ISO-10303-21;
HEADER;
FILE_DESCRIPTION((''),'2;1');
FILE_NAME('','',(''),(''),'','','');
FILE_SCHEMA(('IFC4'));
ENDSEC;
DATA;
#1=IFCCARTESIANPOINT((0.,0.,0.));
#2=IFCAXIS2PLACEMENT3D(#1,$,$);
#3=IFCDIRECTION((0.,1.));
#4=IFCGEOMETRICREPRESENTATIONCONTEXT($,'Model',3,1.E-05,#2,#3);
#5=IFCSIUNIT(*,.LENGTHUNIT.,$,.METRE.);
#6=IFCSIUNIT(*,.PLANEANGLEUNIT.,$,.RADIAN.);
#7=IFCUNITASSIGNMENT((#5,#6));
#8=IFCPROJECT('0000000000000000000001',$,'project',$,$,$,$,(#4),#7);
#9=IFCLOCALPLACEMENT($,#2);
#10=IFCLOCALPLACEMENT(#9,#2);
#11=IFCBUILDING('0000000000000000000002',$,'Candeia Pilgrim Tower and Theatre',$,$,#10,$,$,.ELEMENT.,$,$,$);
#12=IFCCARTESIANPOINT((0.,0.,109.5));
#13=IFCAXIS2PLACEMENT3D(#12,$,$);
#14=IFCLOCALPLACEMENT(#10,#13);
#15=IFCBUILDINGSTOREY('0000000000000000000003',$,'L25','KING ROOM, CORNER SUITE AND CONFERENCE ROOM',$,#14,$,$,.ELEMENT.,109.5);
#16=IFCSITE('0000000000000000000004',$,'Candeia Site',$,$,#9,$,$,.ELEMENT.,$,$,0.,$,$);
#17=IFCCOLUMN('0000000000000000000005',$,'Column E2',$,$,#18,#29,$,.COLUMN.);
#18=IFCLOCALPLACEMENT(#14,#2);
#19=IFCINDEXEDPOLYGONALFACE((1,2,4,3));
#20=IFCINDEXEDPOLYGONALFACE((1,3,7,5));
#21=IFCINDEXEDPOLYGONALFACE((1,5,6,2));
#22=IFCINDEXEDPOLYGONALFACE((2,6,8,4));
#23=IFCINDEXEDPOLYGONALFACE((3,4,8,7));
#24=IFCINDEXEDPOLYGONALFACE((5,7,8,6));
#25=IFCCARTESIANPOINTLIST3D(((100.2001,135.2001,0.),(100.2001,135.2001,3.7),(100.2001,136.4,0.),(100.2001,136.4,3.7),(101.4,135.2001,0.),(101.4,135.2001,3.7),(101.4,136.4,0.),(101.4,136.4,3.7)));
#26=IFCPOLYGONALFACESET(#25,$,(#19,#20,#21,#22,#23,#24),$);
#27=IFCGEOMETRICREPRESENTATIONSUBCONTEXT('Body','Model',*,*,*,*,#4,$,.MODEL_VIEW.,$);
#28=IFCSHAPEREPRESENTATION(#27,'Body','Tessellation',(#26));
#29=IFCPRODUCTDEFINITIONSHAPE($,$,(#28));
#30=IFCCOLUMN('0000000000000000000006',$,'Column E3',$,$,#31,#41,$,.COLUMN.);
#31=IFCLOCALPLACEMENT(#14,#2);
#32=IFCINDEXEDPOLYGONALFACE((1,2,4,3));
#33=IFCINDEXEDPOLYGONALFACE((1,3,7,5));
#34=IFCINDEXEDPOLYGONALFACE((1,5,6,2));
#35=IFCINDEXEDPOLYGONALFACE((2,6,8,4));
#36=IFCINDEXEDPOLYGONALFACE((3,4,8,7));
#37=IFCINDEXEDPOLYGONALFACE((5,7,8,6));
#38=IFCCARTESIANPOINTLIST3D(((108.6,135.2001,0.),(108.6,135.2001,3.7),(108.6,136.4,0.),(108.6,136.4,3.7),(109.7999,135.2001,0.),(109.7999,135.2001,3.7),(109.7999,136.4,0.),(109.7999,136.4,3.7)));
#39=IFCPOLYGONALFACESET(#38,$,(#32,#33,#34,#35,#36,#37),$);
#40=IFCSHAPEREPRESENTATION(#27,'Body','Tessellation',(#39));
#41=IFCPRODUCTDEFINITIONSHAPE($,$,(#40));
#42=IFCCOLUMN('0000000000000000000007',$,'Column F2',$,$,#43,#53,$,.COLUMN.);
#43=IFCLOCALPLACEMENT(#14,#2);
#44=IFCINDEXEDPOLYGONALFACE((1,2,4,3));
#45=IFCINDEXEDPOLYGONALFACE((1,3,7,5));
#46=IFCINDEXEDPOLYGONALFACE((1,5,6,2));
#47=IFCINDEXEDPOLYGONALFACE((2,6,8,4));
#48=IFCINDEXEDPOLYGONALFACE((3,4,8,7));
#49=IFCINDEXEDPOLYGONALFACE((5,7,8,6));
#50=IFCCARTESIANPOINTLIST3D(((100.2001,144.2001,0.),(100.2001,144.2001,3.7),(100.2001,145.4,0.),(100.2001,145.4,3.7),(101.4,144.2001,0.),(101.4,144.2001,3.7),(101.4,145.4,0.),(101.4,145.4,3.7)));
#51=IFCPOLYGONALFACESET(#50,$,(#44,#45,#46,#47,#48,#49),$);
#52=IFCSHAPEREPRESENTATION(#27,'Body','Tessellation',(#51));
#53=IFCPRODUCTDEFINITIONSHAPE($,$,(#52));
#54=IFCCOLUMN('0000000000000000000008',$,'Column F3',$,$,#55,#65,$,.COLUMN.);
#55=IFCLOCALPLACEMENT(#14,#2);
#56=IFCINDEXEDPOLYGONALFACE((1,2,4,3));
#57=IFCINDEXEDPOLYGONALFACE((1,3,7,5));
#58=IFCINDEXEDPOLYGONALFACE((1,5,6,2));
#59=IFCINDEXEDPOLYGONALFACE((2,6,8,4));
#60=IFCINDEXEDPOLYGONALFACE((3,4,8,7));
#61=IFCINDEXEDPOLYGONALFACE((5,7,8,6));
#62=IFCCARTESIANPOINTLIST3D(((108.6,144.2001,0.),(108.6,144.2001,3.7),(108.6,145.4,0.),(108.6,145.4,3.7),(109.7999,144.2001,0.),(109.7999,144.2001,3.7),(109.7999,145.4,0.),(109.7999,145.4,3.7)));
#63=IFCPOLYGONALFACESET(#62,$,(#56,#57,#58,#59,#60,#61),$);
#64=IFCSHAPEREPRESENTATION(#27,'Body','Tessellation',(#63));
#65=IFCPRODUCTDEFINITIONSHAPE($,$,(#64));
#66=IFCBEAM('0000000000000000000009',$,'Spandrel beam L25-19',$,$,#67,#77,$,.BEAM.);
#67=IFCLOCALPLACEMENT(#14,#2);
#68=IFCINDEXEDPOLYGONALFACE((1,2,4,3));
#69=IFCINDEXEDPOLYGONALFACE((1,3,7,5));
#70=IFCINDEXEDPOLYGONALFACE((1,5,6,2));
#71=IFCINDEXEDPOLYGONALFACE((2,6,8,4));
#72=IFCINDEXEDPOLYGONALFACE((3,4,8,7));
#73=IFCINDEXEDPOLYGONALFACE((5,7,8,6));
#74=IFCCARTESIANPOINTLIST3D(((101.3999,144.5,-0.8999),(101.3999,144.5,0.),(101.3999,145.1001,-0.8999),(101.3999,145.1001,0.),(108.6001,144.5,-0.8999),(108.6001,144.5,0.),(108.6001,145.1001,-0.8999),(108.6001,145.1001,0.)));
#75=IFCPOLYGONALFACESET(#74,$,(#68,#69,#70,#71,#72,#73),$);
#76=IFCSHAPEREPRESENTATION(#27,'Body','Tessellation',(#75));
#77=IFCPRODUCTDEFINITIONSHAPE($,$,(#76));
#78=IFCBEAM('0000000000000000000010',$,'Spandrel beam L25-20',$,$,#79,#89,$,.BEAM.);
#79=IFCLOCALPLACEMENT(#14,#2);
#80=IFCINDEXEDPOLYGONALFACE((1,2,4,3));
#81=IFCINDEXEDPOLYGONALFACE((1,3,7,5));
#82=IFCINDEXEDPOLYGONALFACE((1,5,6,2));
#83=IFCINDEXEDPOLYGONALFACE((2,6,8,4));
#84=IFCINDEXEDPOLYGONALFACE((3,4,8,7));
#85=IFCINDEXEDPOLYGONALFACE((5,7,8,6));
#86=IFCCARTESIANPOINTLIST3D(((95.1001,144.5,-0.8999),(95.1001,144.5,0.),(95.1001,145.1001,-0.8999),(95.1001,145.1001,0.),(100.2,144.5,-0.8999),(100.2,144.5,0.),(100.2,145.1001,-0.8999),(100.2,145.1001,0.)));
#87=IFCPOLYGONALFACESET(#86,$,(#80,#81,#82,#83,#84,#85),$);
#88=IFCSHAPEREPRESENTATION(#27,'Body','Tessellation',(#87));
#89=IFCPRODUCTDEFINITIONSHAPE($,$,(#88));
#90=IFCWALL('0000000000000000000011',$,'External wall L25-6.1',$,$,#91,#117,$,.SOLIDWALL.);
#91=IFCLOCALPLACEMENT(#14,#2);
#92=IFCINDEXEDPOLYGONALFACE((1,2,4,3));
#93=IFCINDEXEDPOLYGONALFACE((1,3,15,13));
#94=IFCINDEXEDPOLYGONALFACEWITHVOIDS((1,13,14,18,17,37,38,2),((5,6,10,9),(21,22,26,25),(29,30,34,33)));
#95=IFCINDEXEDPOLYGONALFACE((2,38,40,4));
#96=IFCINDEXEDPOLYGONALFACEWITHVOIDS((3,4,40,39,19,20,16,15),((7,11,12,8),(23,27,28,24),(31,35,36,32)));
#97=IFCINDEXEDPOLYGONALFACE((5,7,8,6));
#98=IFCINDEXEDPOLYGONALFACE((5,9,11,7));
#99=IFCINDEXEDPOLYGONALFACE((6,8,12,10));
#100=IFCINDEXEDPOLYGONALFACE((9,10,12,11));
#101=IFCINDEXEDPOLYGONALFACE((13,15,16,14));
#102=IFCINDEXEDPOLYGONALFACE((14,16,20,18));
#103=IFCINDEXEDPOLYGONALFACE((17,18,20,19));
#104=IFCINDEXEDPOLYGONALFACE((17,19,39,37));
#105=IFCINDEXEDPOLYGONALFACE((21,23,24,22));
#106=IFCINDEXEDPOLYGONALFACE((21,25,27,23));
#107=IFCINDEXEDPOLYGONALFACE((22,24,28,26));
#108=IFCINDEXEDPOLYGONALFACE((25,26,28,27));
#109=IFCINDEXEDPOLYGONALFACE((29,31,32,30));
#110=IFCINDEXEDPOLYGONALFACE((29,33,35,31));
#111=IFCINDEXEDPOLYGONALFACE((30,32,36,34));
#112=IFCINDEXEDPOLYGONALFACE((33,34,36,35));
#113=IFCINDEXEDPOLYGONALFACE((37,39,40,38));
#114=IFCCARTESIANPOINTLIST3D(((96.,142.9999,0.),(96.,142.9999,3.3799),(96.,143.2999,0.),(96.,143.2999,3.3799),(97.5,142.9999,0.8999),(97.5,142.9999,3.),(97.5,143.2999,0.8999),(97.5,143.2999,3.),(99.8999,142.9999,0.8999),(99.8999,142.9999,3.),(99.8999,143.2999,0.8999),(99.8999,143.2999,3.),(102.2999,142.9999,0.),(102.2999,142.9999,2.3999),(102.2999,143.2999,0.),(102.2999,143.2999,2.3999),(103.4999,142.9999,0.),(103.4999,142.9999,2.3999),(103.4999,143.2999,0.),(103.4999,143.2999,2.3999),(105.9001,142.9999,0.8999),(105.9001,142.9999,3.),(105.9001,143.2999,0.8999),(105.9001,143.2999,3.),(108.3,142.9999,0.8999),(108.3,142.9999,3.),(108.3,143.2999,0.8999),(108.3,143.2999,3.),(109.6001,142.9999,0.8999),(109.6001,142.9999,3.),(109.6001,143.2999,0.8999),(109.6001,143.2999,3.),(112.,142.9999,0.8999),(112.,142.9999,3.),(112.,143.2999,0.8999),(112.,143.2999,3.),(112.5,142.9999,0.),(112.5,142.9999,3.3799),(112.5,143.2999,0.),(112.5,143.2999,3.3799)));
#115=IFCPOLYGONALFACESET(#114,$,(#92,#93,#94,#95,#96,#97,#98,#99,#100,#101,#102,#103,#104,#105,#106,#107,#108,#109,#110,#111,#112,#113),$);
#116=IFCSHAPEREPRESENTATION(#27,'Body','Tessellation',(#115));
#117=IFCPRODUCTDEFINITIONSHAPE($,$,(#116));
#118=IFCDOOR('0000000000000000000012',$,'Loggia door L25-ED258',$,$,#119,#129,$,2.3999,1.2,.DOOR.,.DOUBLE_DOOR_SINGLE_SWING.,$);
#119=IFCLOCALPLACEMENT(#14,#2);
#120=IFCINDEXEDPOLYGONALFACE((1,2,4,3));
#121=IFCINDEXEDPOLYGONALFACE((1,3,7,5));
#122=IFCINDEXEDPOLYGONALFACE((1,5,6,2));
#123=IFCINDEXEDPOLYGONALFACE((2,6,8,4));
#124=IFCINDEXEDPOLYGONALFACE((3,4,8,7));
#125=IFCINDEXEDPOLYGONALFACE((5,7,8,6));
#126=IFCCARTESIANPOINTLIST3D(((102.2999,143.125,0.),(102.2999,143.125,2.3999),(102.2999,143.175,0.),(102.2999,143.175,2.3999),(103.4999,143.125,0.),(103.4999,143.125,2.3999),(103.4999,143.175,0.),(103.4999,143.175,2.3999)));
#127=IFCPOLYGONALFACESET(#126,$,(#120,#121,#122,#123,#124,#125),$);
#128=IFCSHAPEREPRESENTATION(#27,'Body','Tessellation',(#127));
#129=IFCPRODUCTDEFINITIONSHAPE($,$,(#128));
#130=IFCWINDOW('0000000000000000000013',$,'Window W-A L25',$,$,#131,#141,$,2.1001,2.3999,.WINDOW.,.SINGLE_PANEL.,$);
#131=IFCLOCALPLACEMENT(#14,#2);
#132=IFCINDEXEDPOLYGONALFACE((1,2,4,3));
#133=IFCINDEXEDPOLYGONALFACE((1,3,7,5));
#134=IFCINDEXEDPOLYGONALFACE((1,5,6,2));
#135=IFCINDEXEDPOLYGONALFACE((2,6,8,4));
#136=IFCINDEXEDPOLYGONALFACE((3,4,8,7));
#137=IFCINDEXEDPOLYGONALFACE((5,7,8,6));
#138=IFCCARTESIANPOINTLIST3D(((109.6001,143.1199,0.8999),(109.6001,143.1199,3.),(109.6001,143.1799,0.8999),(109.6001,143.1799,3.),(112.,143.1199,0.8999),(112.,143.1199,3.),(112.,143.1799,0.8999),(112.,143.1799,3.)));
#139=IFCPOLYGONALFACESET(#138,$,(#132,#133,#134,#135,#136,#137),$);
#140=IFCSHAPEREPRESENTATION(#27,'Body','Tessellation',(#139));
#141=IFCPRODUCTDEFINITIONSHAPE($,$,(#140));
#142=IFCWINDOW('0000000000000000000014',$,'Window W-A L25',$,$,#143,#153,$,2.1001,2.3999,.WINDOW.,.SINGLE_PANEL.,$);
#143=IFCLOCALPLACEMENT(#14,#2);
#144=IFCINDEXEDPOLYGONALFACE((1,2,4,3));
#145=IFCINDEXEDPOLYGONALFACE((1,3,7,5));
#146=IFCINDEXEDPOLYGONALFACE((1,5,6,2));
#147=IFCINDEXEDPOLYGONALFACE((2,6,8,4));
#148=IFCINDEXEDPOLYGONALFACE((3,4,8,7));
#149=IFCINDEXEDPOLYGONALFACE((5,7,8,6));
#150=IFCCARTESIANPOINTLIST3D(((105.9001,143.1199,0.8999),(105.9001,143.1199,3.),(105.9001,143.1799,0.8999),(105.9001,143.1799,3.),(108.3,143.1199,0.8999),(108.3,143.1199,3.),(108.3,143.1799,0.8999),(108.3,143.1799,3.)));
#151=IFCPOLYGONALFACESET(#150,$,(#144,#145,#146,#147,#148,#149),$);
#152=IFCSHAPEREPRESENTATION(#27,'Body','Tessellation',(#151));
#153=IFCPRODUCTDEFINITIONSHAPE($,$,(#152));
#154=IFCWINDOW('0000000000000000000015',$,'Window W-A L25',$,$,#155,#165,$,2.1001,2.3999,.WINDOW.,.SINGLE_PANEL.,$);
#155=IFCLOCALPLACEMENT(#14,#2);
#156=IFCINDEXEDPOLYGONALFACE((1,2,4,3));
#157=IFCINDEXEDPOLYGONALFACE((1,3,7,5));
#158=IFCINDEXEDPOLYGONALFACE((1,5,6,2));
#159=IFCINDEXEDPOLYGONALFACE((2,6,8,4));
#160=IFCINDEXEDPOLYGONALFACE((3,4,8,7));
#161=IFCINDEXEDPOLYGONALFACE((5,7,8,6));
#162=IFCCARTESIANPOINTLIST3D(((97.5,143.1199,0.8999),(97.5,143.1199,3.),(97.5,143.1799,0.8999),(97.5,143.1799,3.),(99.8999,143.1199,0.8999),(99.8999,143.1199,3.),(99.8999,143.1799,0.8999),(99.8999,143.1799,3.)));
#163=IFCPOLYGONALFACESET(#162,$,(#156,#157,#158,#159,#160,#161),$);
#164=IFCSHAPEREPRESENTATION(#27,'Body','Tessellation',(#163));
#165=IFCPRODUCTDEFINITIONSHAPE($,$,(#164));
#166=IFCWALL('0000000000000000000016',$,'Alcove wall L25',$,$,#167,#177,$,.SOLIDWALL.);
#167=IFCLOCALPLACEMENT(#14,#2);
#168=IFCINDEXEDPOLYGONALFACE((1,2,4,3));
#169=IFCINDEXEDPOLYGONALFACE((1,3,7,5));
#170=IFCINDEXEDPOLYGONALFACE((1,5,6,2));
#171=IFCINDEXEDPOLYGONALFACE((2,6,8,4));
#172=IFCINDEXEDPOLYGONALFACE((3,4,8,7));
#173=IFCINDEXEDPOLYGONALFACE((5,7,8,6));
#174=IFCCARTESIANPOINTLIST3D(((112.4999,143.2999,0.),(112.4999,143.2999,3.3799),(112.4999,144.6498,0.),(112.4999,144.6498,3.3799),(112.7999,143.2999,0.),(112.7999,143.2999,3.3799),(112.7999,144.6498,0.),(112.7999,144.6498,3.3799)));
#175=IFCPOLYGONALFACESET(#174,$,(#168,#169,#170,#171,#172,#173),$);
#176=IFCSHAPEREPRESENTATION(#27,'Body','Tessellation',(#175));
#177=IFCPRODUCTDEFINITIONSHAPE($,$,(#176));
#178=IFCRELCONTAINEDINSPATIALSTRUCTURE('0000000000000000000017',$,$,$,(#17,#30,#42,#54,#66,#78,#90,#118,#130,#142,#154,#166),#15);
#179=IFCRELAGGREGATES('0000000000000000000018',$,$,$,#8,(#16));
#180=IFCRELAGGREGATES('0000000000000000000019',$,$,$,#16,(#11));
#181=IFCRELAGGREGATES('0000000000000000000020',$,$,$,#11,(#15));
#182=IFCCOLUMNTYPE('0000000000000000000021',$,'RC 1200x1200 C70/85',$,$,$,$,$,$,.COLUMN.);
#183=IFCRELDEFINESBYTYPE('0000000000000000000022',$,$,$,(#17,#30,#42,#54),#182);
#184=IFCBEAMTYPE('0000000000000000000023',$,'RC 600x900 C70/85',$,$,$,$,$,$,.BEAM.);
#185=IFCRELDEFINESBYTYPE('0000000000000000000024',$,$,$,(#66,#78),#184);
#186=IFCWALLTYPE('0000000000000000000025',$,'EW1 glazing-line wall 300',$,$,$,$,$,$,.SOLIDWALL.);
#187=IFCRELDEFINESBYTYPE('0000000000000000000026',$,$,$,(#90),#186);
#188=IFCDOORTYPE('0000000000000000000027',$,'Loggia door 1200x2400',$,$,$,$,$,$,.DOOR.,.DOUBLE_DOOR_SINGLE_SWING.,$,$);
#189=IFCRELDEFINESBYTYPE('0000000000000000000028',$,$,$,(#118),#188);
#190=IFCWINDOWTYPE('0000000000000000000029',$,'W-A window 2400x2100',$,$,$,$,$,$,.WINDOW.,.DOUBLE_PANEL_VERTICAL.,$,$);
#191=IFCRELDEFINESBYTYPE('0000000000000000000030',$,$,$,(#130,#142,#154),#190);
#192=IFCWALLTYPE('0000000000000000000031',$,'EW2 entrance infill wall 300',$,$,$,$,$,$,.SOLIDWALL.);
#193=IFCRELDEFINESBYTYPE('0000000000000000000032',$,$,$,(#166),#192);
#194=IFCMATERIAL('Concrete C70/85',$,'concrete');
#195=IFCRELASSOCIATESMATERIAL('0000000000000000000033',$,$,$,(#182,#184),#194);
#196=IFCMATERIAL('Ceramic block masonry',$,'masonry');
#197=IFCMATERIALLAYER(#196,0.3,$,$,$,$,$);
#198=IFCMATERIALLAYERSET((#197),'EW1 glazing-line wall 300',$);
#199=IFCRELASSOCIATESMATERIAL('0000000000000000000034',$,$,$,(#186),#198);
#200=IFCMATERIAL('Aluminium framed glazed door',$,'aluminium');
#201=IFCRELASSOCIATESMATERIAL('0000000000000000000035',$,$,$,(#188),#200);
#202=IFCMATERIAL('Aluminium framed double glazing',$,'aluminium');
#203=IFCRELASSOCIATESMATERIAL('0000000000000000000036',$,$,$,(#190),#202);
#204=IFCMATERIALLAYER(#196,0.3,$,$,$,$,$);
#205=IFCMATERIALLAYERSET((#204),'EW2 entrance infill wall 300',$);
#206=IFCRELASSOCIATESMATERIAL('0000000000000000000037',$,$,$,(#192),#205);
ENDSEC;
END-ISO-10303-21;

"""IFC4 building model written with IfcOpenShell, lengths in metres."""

from ifc_helpers import new_model, si_unit, direction, frame, frame_2d, origin, origin_2d, place, context, subcontext, project, spatial, rectangle, extrude, material, layer, layer_set, material_profile, profile_set, type_object, element, fill, save


model = new_model("IFC4")

# Units and contexts
model_context = context("Model", 3, precision=1e-05, world=origin(), true_north=direction((0.0, 1.0)))
body_context = subcontext(model_context, "Body", "Model", "MODEL_VIEW")
ifc_project = project(units=[si_unit("LENGTHUNIT", "METRE"), si_unit("PLANEANGLEUNIT", "RADIAN")], contexts=[model_context])

# Site, building, storey
site_placement = place(None, origin())
site = spatial("IfcSite", under=ifc_project, at=site_placement, Name="Candeia Site", CompositionType="ELEMENT", RefElevation=0.0)
building_placement = place(site_placement, origin())
building = spatial("IfcBuilding", under=site, at=building_placement, Name="Candeia Pilgrim Tower and Theatre", CompositionType="ELEMENT")
storey_placement = place(building_placement, frame((0.0, 0.0, 109.5)))
storey = spatial("IfcBuildingStorey", under=building, at=storey_placement, Name="L25", Description="KING ROOM, CORNER SUITE AND CONFERENCE ROOM", CompositionType="ELEMENT", Elevation=109.5)

# Columns
ifc_material_1 = material(Name="Concrete C70/85", Category="concrete")
ifc_material_profile_1 = material_profile(ifc_material_1, rectangle(XDim=1.2, YDim=1.2, at=origin_2d()))
ifc_profile_set_1 = profile_set([ifc_material_profile_1], Name="Concrete C70/85")
column_type = type_object("IfcColumnType", Name="RC 1200x1200 C70/85", PredefinedType="COLUMN", material=ifc_profile_set_1)
for number, where, z_axis, x_axis, name in (
    (1, (100.8, 135.8, 0.0), (0.0, 0.0, 1.0), (1.0, 0.0, 0.0), "Column E2"),
    (2, (109.2, 135.8, 0.0), (0.0, 0.0, 1.0), (1.0, 0.0, 0.0), "Column E3"),
    (3, (100.8, 144.8, 0.0), (0.0, 0.0, 1.0), (1.0, 0.0, 0.0), "Column F2"),
    (4, (109.2, 144.8, 0.0), (0.0, 0.0, 1.0), (1.0, 0.0, 0.0), "Column F3"),
):
    element("IfcColumn", number, at=place(storey_placement, frame(where, z_axis=z_axis, x_axis=x_axis)), inside=storey, type_object=column_type, Name=name, PredefinedType="COLUMN", context=body_context, shape_type="SweptSolid", body=[
        extrude(rectangle(XDim=1.2, YDim=1.2, at=origin_2d()), origin(), (0.0, 0.0, 1.0), 3.7),
    ])

# Beams
ifc_material_profile_2 = material_profile(ifc_material_1, rectangle(XDim=0.6001, YDim=0.8999, at=origin_2d()))
ifc_profile_set_2 = profile_set([ifc_material_profile_2], Name="Concrete C70/85")
beam_type = type_object("IfcBeamType", Name="RC 600x900 C70/85", PredefinedType="BEAM", material=ifc_profile_set_2)
beam_1_placement = place(storey_placement, frame((108.6001, 144.8, -0.45), z_axis=(-1.0, 0.0, 0.0), x_axis=(0.0, -1.0, 0.0)))
element("IfcBeam", 5, at=beam_1_placement, inside=storey, type_object=beam_type, Name="Spandrel beam L25-19", PredefinedType="BEAM", context=body_context, shape_type="SweptSolid", body=[
    extrude(rectangle(XDim=0.6001, YDim=0.8999, at=origin_2d()), origin(), (0.0, 0.0, 1.0), 7.2002),
])
beam_2_placement = place(storey_placement, frame((100.2, 144.8, -0.45), z_axis=(-1.0, 0.0, 0.0), x_axis=(0.0, -1.0, 0.0)))
element("IfcBeam", 6, at=beam_2_placement, inside=storey, type_object=beam_type, Name="Spandrel beam L25-20", PredefinedType="BEAM", context=body_context, shape_type="SweptSolid", body=[
    extrude(rectangle(XDim=0.6001, YDim=0.8999, at=origin_2d()), origin(), (0.0, 0.0, 1.0), 5.0999),
])

# Wall, openings, door, windows
ifc_material_2 = material(Name="Ceramic block masonry", Category="masonry")
ifc_layer_1 = layer(ifc_material_2, 0.3)
ifc_layer_set_1 = layer_set([ifc_layer_1], Name="EW1 glazing-line wall 300")
wall_type_1 = type_object("IfcWallType", Name="EW1 glazing-line wall 300", PredefinedType="SOLIDWALL", material=ifc_layer_set_1)
wall_1_placement = place(storey_placement, frame((112.5, 143.1499, 0.0), z_axis=(0.0, 0.0, 1.0), x_axis=(-1.0, 0.0, 0.0)))
wall_1 = element("IfcWall", 7, at=wall_1_placement, inside=storey, type_object=wall_type_1, Name="External wall L25-6.1", PredefinedType="SOLIDWALL", context=body_context, shape_type="SweptSolid", body=[
    extrude(rectangle(XDim=16.5, YDim=0.3, at=frame_2d((8.25, 0.0))), origin(), (0.0, 0.0, 1.0), 3.3799),
])
opening_1_placement = place(wall_1_placement, frame((0.5, 0.0, 0.8999)))
opening_1 = element("IfcOpeningElement", 8, at=opening_1_placement, cuts=wall_1, PredefinedType="OPENING", context=body_context, shape_type="SweptSolid", body=[
    extrude(rectangle(XDim=2.3999, YDim=2.1001, at=frame_2d((1.2, 1.05))), frame((0.0, 0.1602, 0.0), z_axis=(0.0, -1.0, 0.0), x_axis=(1.0, 0.0, 0.0)), (0.0, 0.0, 1.0), 0.3201),
])
opening_2_placement = place(wall_1_placement, frame((4.2, 0.0, 0.8999)))
opening_2 = element("IfcOpeningElement", 9, at=opening_2_placement, cuts=wall_1, PredefinedType="OPENING", context=body_context, shape_type="SweptSolid", body=[
    extrude(rectangle(XDim=2.3999, YDim=2.1001, at=frame_2d((1.2, 1.05))), frame((0.0, 0.1602, 0.0), z_axis=(0.0, -1.0, 0.0), x_axis=(1.0, 0.0, 0.0)), (0.0, 0.0, 1.0), 0.3201),
])
opening_3_placement = place(wall_1_placement, frame((9.0, 0.0, 0.0)))
opening_3 = element("IfcOpeningElement", 10, at=opening_3_placement, cuts=wall_1, PredefinedType="OPENING", context=body_context, shape_type="SweptSolid", body=[
    extrude(rectangle(XDim=1.2, YDim=2.3999, at=frame_2d((0.6001, 1.2))), frame((0.0, 0.1602, 0.0), z_axis=(0.0, -1.0, 0.0), x_axis=(1.0, 0.0, 0.0)), (0.0, 0.0, 1.0), 0.3201),
])
opening_4_placement = place(wall_1_placement, frame((12.6001, 0.0, 0.8999)))
opening_4 = element("IfcOpeningElement", 11, at=opening_4_placement, cuts=wall_1, PredefinedType="OPENING", context=body_context, shape_type="SweptSolid", body=[
    extrude(rectangle(XDim=2.3999, YDim=2.1001, at=frame_2d((1.2, 1.05))), frame((0.0, 0.1602, 0.0), z_axis=(0.0, -1.0, 0.0), x_axis=(1.0, 0.0, 0.0)), (0.0, 0.0, 1.0), 0.3201),
])
ifc_material_3 = material(Name="Aluminium framed glazed door", Category="aluminium")
door_type_1 = type_object("IfcDoorType", Name="Loggia door 1200x2400", OperationType="DOUBLE_DOOR_SINGLE_SWING", PredefinedType="DOOR", material=ifc_material_3)
door_1_placement = place(opening_3_placement, origin())
door_1 = element("IfcDoor", 12, at=door_1_placement, inside=storey, type_object=door_type_1, Name="Loggia door L25-ED258", OperationType="DOUBLE_DOOR_SINGLE_SWING", OverallHeight=2.3999, OverallWidth=1.2, PredefinedType="DOOR", context=body_context, shape_type="SweptSolid", body=[
    extrude(rectangle(XDim=1.2, YDim=2.3999, at=frame_2d((0.6001, 1.2))), frame((0.0, 0.0249, 0.0), z_axis=(0.0, -1.0, 0.0), x_axis=(1.0, 0.0, 0.0)), (0.0, 0.0, 1.0), 0.05),
])
fill(opening_3, door_1)
ifc_material_4 = material(Name="Aluminium framed double glazing", Category="aluminium")
window_type = type_object("IfcWindowType", Name="W-A window 2400x2100", PartitioningType="DOUBLE_PANEL_VERTICAL", PredefinedType="WINDOW", material=ifc_material_4)
window_1_placement = place(opening_1_placement, origin())
window_1 = element("IfcWindow", 13, at=window_1_placement, inside=storey, type_object=window_type, Name="Window W-A L25", OverallHeight=2.1001, OverallWidth=2.3999, PartitioningType="SINGLE_PANEL", PredefinedType="WINDOW", context=body_context, shape_type="SweptSolid", body=[
    extrude(rectangle(XDim=2.3999, YDim=2.1001, at=frame_2d((1.2, 1.05))), frame((0.0, 0.03, 0.0), z_axis=(0.0, -1.0, 0.0), x_axis=(1.0, 0.0, 0.0)), (0.0, 0.0, 1.0), 0.0601),
])
fill(opening_1, window_1)
window_2_placement = place(opening_2_placement, origin())
window_2 = element("IfcWindow", 14, at=window_2_placement, inside=storey, type_object=window_type, Name="Window W-A L25", OverallHeight=2.1001, OverallWidth=2.3999, PartitioningType="SINGLE_PANEL", PredefinedType="WINDOW", context=body_context, shape_type="SweptSolid", body=[
    extrude(rectangle(XDim=2.3999, YDim=2.1001, at=frame_2d((1.2, 1.05))), frame((0.0, 0.03, 0.0), z_axis=(0.0, -1.0, 0.0), x_axis=(1.0, 0.0, 0.0)), (0.0, 0.0, 1.0), 0.0601),
])
fill(opening_2, window_2)
window_3_placement = place(opening_4_placement, origin())
window_3 = element("IfcWindow", 15, at=window_3_placement, inside=storey, type_object=window_type, Name="Window W-A L25", OverallHeight=2.1001, OverallWidth=2.3999, PartitioningType="SINGLE_PANEL", PredefinedType="WINDOW", context=body_context, shape_type="SweptSolid", body=[
    extrude(rectangle(XDim=2.3999, YDim=2.1001, at=frame_2d((1.2, 1.05))), frame((0.0, 0.03, 0.0), z_axis=(0.0, -1.0, 0.0), x_axis=(1.0, 0.0, 0.0)), (0.0, 0.0, 1.0), 0.0601),
])
fill(opening_4, window_3)

# Wall
ifc_layer_2 = layer(ifc_material_2, 0.3)
ifc_layer_set_2 = layer_set([ifc_layer_2], Name="EW2 entrance infill wall 300")
wall_type_2 = type_object("IfcWallType", Name="EW2 entrance infill wall 300", PredefinedType="SOLIDWALL", material=ifc_layer_set_2)
wall_2_placement = place(storey_placement, frame((112.6499, 143.3, 0.0), z_axis=(0.0, 0.0, 1.0), x_axis=(0.0, 1.0, 0.0)))
element("IfcWall", 16, at=wall_2_placement, inside=storey, type_object=wall_type_2, Name="Alcove wall L25", PredefinedType="SOLIDWALL", context=body_context, shape_type="SweptSolid", body=[
    extrude(rectangle(XDim=1.3499, YDim=0.3, at=frame_2d((0.6748, 0.0))), origin(), (0.0, 0.0, 1.0), 3.3799),
])

save(model, "model.ifc")
